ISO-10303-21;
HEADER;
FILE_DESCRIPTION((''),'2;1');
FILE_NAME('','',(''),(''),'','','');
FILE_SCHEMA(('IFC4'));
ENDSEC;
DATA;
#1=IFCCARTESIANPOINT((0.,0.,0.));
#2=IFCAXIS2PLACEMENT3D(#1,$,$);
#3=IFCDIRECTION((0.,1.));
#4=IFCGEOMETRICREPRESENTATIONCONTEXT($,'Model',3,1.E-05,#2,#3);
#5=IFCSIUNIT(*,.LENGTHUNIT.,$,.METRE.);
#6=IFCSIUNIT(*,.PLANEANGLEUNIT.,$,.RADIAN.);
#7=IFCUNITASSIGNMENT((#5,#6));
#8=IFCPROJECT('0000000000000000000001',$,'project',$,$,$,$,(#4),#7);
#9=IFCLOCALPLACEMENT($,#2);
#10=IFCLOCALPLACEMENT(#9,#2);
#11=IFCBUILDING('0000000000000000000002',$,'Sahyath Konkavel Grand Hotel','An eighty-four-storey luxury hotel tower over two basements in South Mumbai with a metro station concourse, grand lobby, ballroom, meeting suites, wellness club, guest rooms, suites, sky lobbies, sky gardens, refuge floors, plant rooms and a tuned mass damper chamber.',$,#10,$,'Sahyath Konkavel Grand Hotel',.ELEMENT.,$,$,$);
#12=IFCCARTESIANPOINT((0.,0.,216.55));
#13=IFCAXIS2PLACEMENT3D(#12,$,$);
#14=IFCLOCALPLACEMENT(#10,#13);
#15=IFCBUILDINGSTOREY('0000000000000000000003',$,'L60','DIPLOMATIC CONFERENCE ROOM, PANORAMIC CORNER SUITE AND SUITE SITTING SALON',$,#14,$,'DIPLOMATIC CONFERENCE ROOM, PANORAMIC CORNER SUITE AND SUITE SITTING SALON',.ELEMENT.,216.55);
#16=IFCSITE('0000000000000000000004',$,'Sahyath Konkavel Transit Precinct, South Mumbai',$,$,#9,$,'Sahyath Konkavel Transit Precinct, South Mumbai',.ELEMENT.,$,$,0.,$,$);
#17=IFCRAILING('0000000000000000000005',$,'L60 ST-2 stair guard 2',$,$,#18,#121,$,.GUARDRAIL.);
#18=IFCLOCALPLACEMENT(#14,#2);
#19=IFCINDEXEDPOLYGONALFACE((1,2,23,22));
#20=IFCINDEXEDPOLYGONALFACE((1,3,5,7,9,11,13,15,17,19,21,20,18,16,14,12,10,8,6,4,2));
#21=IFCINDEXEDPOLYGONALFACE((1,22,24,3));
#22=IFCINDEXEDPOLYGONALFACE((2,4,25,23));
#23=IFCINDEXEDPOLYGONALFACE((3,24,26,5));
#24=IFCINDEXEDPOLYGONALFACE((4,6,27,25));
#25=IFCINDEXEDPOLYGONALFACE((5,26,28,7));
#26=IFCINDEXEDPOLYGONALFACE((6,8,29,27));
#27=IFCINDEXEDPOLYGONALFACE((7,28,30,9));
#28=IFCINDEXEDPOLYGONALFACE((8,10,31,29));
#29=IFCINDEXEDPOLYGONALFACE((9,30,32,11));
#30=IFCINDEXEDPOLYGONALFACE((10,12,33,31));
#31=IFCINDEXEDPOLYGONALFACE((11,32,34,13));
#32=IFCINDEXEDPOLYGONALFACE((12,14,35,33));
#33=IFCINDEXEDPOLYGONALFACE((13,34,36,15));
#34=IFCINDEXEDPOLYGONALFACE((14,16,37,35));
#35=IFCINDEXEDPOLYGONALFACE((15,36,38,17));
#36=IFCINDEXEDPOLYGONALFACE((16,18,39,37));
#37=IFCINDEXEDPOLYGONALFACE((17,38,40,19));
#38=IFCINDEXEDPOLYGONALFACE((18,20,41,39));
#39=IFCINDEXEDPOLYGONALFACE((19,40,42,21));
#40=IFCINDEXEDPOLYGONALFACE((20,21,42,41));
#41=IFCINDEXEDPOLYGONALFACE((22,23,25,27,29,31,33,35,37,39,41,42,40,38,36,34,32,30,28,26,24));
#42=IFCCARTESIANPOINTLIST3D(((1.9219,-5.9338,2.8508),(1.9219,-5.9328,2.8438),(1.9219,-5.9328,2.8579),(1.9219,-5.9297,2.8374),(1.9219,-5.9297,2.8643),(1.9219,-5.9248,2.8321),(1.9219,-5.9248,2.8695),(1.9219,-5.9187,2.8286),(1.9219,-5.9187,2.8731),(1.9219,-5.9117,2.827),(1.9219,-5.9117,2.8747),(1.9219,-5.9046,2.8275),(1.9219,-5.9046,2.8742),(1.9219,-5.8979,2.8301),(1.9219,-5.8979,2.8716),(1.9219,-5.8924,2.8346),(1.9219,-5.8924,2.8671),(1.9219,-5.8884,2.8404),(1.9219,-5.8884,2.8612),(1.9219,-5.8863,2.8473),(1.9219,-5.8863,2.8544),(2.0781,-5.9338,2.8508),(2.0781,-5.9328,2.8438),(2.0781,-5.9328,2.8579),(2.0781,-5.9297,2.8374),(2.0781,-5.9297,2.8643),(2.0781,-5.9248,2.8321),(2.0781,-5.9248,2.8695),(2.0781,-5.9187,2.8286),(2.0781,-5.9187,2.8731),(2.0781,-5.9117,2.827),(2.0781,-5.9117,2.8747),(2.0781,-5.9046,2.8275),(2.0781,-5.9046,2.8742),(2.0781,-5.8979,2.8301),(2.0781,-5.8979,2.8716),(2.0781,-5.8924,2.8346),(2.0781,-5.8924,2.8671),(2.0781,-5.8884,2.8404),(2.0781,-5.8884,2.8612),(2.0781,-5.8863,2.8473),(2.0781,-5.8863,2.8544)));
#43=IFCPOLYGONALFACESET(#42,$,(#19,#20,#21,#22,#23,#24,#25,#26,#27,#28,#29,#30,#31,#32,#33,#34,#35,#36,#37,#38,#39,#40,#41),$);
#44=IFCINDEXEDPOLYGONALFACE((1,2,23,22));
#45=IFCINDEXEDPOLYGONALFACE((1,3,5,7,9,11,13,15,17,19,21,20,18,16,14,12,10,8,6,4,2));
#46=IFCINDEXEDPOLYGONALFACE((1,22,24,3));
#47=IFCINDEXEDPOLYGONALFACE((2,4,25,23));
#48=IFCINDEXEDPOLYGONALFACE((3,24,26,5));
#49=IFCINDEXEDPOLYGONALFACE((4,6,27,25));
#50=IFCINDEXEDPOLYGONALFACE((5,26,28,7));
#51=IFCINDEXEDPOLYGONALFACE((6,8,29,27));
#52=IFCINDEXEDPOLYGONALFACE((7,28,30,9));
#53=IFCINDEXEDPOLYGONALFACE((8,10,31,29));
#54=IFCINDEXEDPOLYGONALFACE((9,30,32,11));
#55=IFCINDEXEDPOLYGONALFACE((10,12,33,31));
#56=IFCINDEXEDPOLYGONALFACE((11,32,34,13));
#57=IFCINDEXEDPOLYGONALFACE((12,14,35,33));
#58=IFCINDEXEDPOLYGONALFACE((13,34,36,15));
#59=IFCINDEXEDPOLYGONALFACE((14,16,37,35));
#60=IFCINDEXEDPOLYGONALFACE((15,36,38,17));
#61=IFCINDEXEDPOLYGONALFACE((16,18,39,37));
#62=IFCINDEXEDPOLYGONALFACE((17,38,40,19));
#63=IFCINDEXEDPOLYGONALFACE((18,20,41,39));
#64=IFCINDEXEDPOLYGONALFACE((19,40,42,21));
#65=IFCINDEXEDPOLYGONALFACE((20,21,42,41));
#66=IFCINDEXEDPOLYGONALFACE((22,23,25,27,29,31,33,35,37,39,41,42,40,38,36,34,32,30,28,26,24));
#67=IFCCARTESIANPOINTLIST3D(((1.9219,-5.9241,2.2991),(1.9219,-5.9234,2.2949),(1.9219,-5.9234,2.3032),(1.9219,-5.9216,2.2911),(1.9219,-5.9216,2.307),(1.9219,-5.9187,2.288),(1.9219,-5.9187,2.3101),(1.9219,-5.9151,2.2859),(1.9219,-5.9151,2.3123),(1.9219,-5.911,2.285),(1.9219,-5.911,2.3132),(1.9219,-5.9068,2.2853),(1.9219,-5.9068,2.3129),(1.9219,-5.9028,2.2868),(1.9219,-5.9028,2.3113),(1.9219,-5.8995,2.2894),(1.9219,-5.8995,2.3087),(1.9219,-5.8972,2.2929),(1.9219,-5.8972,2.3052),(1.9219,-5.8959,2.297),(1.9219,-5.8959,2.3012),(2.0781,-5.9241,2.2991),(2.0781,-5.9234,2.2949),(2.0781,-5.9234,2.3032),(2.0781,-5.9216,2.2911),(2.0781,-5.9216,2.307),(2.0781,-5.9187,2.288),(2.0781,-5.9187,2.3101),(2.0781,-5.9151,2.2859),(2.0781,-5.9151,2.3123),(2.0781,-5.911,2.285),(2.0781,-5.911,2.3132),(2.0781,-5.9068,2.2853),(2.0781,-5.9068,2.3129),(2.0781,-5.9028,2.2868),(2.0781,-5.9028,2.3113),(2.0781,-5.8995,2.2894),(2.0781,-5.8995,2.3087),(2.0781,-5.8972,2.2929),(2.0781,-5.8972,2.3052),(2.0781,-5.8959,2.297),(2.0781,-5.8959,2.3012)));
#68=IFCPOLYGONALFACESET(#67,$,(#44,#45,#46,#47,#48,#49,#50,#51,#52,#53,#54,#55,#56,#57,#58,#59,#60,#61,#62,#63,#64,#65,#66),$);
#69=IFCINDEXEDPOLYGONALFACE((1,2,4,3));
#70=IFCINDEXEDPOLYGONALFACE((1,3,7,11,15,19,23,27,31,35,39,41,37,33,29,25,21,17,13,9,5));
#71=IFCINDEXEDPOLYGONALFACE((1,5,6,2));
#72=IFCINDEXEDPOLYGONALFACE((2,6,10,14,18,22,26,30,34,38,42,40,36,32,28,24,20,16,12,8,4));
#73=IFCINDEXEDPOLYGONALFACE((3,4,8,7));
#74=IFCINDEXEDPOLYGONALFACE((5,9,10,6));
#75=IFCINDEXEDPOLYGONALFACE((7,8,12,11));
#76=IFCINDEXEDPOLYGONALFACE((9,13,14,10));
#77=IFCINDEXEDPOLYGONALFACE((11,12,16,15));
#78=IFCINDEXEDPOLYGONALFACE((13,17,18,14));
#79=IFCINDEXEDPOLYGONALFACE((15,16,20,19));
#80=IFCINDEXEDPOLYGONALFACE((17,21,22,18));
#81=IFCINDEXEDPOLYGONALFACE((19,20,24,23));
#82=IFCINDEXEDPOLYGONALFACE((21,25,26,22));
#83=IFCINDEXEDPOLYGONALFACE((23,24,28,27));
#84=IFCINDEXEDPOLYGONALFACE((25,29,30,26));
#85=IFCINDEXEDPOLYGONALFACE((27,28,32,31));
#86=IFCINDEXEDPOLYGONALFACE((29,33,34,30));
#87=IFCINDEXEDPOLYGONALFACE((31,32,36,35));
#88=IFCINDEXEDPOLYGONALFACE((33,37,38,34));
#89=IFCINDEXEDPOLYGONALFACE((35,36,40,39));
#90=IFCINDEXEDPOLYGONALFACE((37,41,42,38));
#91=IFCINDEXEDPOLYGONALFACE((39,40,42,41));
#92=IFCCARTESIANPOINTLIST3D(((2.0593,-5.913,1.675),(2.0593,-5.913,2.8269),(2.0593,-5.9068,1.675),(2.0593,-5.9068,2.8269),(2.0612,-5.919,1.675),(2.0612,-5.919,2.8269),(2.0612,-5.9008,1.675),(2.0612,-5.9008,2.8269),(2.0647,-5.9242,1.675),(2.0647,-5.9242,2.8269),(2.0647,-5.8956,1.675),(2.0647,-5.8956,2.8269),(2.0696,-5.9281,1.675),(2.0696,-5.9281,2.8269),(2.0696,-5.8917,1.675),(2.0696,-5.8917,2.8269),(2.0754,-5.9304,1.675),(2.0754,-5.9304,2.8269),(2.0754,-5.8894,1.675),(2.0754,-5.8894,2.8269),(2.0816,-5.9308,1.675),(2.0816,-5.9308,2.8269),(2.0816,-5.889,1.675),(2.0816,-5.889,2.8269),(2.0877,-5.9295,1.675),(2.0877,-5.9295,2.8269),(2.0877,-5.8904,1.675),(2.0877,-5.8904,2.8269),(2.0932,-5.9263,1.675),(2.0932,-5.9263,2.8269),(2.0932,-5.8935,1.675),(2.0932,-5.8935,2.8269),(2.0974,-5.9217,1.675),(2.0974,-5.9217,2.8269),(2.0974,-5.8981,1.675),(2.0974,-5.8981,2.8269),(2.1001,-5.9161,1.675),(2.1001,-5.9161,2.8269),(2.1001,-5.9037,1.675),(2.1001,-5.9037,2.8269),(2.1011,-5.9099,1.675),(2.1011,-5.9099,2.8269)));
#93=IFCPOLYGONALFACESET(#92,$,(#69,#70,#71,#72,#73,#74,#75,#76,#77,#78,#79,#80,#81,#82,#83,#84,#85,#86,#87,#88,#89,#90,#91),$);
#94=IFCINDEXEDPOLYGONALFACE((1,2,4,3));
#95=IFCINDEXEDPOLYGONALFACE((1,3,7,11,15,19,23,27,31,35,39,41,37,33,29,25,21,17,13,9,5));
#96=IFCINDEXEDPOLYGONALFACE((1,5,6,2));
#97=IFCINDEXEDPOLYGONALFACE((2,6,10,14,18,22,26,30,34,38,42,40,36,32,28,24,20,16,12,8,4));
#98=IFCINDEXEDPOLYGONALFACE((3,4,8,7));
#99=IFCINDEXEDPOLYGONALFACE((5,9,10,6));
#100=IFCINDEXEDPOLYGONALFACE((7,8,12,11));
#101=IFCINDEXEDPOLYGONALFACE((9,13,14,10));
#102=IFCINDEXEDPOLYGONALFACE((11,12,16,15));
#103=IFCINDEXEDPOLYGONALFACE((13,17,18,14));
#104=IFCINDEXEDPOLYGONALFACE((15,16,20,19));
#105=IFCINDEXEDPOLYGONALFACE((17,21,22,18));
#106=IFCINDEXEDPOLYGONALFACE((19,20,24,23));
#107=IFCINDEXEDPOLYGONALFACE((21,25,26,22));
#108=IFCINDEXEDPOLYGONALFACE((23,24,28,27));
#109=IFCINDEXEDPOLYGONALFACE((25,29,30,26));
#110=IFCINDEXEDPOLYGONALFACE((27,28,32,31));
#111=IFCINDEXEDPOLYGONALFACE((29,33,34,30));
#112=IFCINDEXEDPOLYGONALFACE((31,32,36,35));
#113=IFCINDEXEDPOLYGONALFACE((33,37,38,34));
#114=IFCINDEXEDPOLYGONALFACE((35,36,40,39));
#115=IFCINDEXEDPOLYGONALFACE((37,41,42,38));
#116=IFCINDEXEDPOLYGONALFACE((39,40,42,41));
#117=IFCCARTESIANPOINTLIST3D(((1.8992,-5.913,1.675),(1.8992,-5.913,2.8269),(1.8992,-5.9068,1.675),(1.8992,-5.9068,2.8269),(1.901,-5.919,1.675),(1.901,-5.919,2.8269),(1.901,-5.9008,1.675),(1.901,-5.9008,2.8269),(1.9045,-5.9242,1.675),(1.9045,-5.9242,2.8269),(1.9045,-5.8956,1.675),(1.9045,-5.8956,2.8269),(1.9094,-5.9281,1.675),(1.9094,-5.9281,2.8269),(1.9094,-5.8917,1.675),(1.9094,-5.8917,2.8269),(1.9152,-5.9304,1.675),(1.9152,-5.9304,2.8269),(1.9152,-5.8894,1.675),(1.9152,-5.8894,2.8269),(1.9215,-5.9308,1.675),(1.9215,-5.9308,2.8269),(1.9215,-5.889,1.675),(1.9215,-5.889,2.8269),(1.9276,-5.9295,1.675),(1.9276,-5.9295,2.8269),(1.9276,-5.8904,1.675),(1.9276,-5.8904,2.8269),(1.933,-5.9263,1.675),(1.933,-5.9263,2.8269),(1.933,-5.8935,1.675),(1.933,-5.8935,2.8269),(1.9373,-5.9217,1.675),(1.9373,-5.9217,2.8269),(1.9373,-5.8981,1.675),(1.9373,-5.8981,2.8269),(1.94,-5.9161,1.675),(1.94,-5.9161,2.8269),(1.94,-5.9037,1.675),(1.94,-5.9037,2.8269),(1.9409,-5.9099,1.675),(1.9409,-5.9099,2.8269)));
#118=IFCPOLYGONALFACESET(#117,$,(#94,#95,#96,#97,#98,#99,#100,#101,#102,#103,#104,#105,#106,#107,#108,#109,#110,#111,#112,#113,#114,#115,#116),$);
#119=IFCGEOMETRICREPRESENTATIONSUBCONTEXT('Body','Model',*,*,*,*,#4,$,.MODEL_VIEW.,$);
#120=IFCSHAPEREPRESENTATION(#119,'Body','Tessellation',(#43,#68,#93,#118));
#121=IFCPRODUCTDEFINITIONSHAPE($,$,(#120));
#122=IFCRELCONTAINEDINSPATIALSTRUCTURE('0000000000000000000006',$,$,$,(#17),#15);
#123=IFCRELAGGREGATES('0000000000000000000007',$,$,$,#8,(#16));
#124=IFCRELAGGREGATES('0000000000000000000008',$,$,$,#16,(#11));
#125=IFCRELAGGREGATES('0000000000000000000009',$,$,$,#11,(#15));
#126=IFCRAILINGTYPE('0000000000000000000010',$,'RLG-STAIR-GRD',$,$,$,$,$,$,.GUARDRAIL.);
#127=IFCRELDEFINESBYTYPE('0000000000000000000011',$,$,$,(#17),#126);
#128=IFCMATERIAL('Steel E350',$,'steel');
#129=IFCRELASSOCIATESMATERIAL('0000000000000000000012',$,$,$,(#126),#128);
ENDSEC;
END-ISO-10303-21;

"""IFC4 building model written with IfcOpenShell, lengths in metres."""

from ifc_helpers import new_model, si_unit, direction, frame, origin, origin_2d, place, context, subcontext, project, spatial, circle, extrude, material, type_object, element, save


model = new_model("IFC4")

# Units and contexts
model_context = context("Model", 3, precision=1e-05, world=origin(), true_north=direction((0.0, 1.0)))
body_context = subcontext(model_context, "Body", "Model", "MODEL_VIEW")
ifc_project = project(units=[si_unit("LENGTHUNIT", "METRE"), si_unit("PLANEANGLEUNIT", "RADIAN")], contexts=[model_context])

# Site, building, storey
site_placement = place(None, origin())
site = spatial("IfcSite", under=ifc_project, at=site_placement, Name="Sahyath Konkavel Transit Precinct, South Mumbai", LongName="Sahyath Konkavel Transit Precinct, South Mumbai", CompositionType="ELEMENT", RefElevation=0.0)
building_placement = place(site_placement, origin())
building = spatial("IfcBuilding", under=site, at=building_placement, Name="Sahyath Konkavel Grand Hotel", Description="An eighty-four-storey luxury hotel tower over two basements in South Mumbai with a metro station concourse, grand lobby, ballroom, meeting suites, wellness club, guest rooms, suites, sky lobbies, sky gardens, refuge floors, plant rooms and a tuned mass damper chamber.", LongName="Sahyath Konkavel Grand Hotel", CompositionType="ELEMENT")
storey_placement = place(building_placement, frame((0.0, 0.0, 216.55)))
storey = spatial("IfcBuildingStorey", under=building, at=storey_placement, Name="L60", Description="DIPLOMATIC CONFERENCE ROOM, PANORAMIC CORNER SUITE AND SUITE SITTING SALON", LongName="DIPLOMATIC CONFERENCE ROOM, PANORAMIC CORNER SUITE AND SUITE SITTING SALON", CompositionType="ELEMENT", Elevation=216.55)

# Shared definitions
ifc_material_1 = material(Name="Steel E350", Category="steel")

# Railing
railing_type_1 = type_object("IfcRailingType", Name="RLG-STAIR-GRD", PredefinedType="GUARDRAIL", material=ifc_material_1)
railing_1_placement = place(storey_placement, frame((2.0801, -5.9099, 1.675)))
element("IfcRailing", 1, at=railing_1_placement, inside=storey, type_object=railing_type_1, Name="L60 ST-2 stair guard 2", PredefinedType="GUARDRAIL", context=body_context, shape_type="SweptSolid", body=[
    extrude(circle(Radius=0.0239, at=origin_2d()), frame((-0.002, 0.0, 1.1758), z_axis=(-1.0, 0.0, 0.0), x_axis=(0.0, -1.0, 0.0)), (0.0, 0.0, 1.0), 0.1562),
    extrude(circle(Radius=0.0142, at=origin_2d()), frame((-0.002, 0.0, 0.624), z_axis=(-1.0, 0.0, 0.0), x_axis=(0.0, -1.0, 0.0)), (0.0, 0.0, 1.0), 0.1562),
    extrude(circle(Radius=0.021, at=origin_2d()), origin(), (0.0, 0.0, 1.0), 1.1519),
    extrude(circle(Radius=0.021, at=origin_2d()), frame((-0.1602, 0.0, 0.0)), (0.0, 0.0, 1.0), 1.1519),
])

save(model, "model.ifc")
